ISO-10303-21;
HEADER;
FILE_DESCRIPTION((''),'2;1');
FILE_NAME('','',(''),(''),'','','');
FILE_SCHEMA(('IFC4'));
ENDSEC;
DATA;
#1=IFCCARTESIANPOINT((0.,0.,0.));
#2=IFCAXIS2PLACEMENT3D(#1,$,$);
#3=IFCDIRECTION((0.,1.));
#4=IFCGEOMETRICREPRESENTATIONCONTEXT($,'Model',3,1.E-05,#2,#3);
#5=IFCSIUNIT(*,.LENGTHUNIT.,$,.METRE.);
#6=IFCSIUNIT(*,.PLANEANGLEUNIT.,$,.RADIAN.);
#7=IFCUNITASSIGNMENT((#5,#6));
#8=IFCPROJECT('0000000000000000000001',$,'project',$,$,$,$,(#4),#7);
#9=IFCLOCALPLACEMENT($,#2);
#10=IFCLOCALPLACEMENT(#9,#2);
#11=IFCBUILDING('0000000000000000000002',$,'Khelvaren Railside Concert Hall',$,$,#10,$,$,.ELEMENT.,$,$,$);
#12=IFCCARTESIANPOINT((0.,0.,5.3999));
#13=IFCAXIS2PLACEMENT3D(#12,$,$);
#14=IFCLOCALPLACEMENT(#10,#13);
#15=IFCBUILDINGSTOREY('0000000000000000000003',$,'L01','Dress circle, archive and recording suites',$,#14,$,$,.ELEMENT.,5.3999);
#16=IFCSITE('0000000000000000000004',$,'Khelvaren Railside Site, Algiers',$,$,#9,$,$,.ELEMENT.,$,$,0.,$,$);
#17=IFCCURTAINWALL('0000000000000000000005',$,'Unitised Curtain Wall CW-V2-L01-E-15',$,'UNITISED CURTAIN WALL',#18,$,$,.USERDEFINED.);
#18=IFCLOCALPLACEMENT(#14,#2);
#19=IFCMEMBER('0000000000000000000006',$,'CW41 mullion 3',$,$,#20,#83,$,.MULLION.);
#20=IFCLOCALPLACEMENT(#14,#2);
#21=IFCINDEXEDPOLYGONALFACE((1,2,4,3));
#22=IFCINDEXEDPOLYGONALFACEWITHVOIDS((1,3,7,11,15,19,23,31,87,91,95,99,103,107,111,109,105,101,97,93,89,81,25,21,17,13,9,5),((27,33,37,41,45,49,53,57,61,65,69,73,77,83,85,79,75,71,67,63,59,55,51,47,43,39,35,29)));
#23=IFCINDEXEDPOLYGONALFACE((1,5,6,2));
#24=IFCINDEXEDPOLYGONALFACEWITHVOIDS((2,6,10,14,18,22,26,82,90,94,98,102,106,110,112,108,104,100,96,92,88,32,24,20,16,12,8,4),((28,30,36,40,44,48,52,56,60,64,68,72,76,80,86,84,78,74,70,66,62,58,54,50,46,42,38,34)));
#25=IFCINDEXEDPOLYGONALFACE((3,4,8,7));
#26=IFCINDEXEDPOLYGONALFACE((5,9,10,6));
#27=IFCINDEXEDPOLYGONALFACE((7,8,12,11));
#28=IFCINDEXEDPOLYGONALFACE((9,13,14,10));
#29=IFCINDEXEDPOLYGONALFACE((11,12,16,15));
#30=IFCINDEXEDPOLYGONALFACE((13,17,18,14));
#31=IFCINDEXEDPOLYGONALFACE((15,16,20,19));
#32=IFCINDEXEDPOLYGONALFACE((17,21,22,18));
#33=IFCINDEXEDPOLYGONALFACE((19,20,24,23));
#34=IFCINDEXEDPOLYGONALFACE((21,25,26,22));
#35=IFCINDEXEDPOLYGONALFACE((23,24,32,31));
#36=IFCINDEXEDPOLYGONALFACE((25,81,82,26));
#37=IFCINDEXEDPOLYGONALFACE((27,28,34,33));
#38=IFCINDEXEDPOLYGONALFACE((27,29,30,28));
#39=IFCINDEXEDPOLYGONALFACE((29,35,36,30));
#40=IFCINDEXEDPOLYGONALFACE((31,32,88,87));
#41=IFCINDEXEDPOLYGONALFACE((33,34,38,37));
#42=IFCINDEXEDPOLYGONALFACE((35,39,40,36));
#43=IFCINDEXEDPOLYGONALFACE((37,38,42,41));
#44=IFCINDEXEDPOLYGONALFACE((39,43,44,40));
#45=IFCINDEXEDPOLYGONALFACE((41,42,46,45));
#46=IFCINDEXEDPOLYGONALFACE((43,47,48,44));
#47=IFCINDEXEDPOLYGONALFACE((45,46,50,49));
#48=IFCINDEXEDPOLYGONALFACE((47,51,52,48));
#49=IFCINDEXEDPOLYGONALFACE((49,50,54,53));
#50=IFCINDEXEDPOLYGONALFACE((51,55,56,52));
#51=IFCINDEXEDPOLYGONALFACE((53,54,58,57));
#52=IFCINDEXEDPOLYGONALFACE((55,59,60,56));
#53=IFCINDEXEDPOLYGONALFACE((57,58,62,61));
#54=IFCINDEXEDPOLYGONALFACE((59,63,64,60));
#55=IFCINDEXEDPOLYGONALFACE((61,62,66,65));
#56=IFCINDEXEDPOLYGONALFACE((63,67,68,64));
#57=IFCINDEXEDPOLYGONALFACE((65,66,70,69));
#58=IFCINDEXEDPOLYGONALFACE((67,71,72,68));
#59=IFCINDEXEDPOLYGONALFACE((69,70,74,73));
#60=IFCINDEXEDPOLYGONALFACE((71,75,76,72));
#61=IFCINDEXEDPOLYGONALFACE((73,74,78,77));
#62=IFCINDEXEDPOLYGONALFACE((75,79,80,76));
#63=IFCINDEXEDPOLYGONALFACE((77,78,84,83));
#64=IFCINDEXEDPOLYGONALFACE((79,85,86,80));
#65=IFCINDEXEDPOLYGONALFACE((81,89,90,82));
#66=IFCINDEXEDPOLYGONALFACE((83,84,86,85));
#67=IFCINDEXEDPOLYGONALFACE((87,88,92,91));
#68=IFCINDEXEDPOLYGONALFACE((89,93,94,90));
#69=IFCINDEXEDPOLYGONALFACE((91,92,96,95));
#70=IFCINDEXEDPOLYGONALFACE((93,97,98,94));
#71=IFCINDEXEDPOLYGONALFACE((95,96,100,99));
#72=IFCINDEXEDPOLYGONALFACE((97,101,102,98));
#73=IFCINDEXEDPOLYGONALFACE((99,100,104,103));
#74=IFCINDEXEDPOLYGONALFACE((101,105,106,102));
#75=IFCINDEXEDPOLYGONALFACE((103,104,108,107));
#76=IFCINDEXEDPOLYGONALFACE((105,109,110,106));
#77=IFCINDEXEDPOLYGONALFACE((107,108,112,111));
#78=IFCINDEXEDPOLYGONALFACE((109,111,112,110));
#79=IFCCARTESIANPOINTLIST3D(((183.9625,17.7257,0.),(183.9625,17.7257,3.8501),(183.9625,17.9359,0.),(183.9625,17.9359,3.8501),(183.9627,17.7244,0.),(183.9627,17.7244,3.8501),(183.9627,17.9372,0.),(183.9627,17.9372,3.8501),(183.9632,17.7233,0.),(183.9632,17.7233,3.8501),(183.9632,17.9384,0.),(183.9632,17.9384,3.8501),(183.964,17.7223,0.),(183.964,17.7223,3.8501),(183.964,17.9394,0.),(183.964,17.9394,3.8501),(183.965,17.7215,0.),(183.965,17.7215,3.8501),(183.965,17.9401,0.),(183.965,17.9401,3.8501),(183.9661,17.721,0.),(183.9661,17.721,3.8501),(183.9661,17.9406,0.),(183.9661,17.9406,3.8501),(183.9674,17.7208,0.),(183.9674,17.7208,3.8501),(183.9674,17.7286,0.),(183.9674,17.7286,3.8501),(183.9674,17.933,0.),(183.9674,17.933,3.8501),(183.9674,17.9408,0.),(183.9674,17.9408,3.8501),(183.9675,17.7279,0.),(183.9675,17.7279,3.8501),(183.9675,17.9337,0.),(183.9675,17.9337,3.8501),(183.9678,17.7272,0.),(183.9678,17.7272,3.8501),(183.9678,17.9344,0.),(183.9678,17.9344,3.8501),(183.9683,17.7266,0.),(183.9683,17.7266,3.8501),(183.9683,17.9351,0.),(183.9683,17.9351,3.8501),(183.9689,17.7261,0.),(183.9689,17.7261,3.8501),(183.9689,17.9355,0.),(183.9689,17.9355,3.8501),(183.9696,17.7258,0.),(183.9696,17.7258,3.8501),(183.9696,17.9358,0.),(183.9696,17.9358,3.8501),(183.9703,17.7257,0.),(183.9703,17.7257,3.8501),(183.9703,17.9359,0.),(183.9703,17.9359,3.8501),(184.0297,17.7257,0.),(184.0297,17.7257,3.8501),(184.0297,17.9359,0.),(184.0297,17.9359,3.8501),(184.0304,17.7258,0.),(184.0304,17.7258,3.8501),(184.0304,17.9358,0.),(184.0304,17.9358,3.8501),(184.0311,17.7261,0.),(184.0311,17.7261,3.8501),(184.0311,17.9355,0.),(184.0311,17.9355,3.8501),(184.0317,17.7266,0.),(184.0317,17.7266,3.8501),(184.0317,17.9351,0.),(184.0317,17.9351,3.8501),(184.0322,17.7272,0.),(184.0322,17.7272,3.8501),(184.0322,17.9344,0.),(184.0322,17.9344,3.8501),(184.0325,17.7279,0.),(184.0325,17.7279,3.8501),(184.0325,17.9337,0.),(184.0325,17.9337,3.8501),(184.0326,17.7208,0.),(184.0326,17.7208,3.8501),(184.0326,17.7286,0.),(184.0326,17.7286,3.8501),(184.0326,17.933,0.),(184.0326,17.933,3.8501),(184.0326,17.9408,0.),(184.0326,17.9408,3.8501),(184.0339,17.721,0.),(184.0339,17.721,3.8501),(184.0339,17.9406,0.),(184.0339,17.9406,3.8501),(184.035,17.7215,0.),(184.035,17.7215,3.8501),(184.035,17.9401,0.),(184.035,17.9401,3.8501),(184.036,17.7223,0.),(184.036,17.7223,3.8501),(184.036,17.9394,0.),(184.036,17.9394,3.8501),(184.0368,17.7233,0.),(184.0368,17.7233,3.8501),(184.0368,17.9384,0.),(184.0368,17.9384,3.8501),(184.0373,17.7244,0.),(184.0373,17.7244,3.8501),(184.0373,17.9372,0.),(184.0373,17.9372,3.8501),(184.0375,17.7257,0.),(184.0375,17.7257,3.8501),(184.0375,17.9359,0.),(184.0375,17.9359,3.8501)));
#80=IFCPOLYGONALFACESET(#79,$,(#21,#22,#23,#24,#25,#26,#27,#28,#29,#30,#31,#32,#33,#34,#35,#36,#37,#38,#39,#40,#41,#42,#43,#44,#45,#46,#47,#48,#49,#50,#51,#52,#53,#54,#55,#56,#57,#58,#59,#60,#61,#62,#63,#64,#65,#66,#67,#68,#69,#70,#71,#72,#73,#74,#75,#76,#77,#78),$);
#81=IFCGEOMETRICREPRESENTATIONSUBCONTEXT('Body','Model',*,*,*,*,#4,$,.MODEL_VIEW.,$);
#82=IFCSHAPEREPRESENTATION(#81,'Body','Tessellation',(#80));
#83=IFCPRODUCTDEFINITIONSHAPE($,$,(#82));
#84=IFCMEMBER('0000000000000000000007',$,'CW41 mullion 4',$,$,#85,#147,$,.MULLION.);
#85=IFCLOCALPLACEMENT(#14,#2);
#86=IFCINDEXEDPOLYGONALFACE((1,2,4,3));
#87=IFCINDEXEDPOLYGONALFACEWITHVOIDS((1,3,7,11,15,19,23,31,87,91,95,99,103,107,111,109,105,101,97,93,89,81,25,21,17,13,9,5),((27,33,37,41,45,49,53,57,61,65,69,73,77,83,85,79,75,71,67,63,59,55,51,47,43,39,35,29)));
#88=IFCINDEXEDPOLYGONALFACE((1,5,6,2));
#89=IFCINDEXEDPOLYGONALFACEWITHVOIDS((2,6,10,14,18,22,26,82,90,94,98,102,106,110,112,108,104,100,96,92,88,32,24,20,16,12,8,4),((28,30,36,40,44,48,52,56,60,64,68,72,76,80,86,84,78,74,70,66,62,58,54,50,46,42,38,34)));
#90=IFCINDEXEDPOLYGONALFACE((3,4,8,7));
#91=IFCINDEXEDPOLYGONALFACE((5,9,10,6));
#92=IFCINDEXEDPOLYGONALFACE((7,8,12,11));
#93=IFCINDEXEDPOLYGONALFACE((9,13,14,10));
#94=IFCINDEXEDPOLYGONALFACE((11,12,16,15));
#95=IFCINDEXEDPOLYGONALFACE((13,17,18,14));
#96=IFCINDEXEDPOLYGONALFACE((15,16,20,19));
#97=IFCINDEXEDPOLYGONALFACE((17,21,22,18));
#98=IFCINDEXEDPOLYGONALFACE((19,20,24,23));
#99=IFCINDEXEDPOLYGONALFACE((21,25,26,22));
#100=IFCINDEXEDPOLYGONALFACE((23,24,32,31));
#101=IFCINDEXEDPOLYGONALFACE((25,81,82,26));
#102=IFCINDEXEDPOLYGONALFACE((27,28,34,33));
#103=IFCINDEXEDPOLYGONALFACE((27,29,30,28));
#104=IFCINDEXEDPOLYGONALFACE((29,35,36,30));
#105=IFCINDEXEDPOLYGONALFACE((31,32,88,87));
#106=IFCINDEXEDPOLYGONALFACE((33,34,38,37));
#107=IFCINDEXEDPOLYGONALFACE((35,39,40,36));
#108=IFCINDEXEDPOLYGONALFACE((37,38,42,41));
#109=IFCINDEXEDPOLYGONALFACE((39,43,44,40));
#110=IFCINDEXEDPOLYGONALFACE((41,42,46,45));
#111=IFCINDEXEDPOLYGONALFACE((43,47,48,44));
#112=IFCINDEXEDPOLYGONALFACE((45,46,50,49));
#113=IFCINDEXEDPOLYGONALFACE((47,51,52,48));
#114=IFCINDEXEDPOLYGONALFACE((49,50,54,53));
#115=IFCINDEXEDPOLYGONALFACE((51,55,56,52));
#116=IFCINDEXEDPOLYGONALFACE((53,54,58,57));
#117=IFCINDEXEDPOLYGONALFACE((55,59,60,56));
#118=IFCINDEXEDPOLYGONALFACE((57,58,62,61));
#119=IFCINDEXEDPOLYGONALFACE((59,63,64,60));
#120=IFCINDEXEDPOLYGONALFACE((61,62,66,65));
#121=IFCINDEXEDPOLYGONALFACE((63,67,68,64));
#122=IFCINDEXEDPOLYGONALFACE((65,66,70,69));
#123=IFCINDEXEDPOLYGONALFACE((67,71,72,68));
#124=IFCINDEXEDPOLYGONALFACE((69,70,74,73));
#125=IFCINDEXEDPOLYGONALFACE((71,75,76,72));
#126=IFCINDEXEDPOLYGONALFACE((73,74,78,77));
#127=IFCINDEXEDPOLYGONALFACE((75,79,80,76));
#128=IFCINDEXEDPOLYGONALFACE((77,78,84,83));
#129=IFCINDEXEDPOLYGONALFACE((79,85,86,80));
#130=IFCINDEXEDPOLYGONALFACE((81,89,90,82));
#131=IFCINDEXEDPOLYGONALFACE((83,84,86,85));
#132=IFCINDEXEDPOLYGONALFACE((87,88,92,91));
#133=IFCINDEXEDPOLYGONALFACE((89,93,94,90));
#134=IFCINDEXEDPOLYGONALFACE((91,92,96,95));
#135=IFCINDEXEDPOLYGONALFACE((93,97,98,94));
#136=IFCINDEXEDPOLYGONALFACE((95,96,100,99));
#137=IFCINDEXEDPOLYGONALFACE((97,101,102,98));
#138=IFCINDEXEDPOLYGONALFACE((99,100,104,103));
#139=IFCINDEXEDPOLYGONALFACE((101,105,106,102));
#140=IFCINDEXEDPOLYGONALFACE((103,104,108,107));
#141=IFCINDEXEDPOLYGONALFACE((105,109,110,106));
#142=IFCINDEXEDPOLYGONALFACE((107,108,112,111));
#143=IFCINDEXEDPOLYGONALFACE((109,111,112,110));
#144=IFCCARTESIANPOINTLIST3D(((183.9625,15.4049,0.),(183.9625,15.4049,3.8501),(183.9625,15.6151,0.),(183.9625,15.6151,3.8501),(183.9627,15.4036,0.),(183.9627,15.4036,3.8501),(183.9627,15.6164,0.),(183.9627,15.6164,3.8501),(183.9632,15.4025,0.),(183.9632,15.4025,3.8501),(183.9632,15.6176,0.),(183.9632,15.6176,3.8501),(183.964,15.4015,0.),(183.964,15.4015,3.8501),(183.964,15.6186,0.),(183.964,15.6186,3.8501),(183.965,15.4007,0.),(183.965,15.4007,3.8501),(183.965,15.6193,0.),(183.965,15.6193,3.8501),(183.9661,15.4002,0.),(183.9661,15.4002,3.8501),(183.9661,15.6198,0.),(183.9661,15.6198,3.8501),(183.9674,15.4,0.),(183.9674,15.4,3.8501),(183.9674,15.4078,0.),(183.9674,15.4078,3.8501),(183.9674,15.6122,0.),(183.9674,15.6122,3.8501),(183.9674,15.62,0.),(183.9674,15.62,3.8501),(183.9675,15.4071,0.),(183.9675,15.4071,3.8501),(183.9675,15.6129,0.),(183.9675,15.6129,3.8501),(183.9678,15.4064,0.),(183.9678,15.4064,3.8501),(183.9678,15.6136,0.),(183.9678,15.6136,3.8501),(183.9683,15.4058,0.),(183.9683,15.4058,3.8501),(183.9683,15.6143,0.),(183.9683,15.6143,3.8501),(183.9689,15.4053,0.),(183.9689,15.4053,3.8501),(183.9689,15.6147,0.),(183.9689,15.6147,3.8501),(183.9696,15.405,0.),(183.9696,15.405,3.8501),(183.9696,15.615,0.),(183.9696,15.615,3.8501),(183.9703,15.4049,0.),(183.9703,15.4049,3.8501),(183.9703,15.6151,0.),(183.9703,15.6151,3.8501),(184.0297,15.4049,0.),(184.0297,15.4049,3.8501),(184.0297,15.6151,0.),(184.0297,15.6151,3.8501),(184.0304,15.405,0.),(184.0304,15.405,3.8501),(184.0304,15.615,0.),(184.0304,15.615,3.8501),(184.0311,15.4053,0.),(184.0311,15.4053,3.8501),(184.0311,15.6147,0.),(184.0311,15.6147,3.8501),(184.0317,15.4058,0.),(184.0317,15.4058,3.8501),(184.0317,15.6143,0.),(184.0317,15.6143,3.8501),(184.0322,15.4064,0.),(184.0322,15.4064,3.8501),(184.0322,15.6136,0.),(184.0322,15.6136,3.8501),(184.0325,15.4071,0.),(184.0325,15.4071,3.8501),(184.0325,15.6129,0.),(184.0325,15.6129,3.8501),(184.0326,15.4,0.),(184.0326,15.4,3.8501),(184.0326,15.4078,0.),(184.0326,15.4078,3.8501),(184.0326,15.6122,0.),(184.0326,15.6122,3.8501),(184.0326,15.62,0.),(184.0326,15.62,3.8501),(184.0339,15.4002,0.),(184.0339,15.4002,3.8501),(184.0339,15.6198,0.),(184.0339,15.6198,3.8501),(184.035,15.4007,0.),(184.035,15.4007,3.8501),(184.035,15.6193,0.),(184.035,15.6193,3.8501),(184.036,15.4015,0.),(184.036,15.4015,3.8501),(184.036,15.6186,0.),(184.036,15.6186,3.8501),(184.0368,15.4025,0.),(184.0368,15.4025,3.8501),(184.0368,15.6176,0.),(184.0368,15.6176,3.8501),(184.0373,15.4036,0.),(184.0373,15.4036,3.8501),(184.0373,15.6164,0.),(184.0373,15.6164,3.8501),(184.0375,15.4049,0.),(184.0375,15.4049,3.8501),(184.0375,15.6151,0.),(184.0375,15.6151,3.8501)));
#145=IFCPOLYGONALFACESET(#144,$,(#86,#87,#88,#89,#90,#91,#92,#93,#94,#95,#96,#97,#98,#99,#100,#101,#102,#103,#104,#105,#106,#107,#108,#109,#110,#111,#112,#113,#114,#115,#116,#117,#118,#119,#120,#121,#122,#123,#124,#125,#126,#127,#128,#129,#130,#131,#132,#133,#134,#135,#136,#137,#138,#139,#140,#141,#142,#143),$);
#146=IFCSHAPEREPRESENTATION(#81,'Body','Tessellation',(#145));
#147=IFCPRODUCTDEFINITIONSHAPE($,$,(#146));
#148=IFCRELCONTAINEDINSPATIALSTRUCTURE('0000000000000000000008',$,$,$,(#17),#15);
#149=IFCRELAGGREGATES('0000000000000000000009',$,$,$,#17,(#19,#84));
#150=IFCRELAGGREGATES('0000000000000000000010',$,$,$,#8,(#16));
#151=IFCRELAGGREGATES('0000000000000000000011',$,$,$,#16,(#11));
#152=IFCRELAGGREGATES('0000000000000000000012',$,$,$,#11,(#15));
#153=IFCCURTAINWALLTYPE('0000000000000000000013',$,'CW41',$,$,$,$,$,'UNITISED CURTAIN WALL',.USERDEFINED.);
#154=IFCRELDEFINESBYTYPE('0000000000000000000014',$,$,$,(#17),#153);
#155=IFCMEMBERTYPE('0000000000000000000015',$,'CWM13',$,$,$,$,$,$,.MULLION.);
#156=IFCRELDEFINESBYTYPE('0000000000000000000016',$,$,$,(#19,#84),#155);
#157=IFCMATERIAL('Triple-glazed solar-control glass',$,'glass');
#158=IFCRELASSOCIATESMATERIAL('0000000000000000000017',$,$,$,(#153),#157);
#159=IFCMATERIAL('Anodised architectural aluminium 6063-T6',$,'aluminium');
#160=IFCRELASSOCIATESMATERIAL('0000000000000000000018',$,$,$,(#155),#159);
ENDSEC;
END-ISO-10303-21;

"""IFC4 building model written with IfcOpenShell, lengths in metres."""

from ifc_helpers import new_model, si_unit, direction, frame, origin, origin_2d, place, context, subcontext, project, spatial, hollow_rectangle, extrude, material, material_profile, profile_set, type_object, element, aggregate, save


model = new_model("IFC4")

# Units and contexts
model_context = context("Model", 3, precision=1e-05, world=origin(), true_north=direction((0.0, 1.0)))
body_context = subcontext(model_context, "Body", "Model", "MODEL_VIEW")
ifc_project = project(units=[si_unit("LENGTHUNIT", "METRE"), si_unit("PLANEANGLEUNIT", "RADIAN")], contexts=[model_context])

# Site, building, storey
site_placement = place(None, origin())
site = spatial("IfcSite", under=ifc_project, at=site_placement, Name="Khelvaren Railside Site, Algiers", CompositionType="ELEMENT", RefElevation=0.0)
building_placement = place(site_placement, origin())
building = spatial("IfcBuilding", under=site, at=building_placement, Name="Khelvaren Railside Concert Hall", CompositionType="ELEMENT")
storey_placement = place(building_placement, frame((0.0, 0.0, 5.3999)))
storey = spatial("IfcBuildingStorey", under=building, at=storey_placement, Name="L01", Description="Dress circle, archive and recording suites", CompositionType="ELEMENT", Elevation=5.3999)

# Curtain wall, members
ifc_material_1 = material(Name="Triple-glazed solar-control glass", Category="glass")
curtain_wall_type_1 = type_object("IfcCurtainWallType", Name="CW41", ElementType="UNITISED CURTAIN WALL", PredefinedType="USERDEFINED", material=ifc_material_1)
curtain_wall_1_placement = place(storey_placement, origin())
curtain_wall_1 = element("IfcCurtainWall", 1, at=curtain_wall_1_placement, inside=storey, type_object=curtain_wall_type_1, Name="Unitised Curtain Wall CW-V2-L01-E-15", ObjectType="UNITISED CURTAIN WALL", PredefinedType="USERDEFINED")
ifc_material_2 = material(Name="Anodised architectural aluminium 6063-T6", Category="aluminium")
ifc_material_profile_1 = material_profile(ifc_material_2, hollow_rectangle(XDim=0.075, YDim=0.22, WallThickness=0.0049, InnerFilletRadius=0.0029, OuterFilletRadius=0.0049, at=origin_2d()), Name="CWM 75x220x5")
ifc_profile_set_1 = profile_set([ifc_material_profile_1], Name="Anodised architectural aluminium 6063-T6")
member_type_1 = type_object("IfcMemberType", Name="CWM13", PredefinedType="MULLION", material=ifc_profile_set_1)
member_1_placement = place(storey_placement, frame((184.0, 17.8308, 0.0), z_axis=(0.0, 0.0, 1.0), x_axis=(1.0, 0.0, 0.0)))
member_1 = element("IfcMember", 2, at=member_1_placement, type_object=member_type_1, Name="CW41 mullion 3", PredefinedType="MULLION", context=body_context, shape_type="SweptSolid", body=[
    extrude(hollow_rectangle(XDim=0.075, YDim=0.22, WallThickness=0.0049, InnerFilletRadius=0.0029, OuterFilletRadius=0.0049, at=origin_2d()), origin(), (0.0, 0.0, 1.0), 3.8501),
])
member_2_placement = place(storey_placement, frame((184.0, 15.51, 0.0), z_axis=(0.0, 0.0, 1.0), x_axis=(1.0, 0.0, 0.0)))
member_2 = element("IfcMember", 3, at=member_2_placement, type_object=member_type_1, Name="CW41 mullion 4", PredefinedType="MULLION", context=body_context, shape_type="SweptSolid", body=[
    extrude(hollow_rectangle(XDim=0.075, YDim=0.22, WallThickness=0.0049, InnerFilletRadius=0.0029, OuterFilletRadius=0.0049, at=origin_2d()), origin(), (0.0, 0.0, 1.0), 3.8501),
])

aggregate(curtain_wall_1, [member_1, member_2])

save(model, "model.ifc")
